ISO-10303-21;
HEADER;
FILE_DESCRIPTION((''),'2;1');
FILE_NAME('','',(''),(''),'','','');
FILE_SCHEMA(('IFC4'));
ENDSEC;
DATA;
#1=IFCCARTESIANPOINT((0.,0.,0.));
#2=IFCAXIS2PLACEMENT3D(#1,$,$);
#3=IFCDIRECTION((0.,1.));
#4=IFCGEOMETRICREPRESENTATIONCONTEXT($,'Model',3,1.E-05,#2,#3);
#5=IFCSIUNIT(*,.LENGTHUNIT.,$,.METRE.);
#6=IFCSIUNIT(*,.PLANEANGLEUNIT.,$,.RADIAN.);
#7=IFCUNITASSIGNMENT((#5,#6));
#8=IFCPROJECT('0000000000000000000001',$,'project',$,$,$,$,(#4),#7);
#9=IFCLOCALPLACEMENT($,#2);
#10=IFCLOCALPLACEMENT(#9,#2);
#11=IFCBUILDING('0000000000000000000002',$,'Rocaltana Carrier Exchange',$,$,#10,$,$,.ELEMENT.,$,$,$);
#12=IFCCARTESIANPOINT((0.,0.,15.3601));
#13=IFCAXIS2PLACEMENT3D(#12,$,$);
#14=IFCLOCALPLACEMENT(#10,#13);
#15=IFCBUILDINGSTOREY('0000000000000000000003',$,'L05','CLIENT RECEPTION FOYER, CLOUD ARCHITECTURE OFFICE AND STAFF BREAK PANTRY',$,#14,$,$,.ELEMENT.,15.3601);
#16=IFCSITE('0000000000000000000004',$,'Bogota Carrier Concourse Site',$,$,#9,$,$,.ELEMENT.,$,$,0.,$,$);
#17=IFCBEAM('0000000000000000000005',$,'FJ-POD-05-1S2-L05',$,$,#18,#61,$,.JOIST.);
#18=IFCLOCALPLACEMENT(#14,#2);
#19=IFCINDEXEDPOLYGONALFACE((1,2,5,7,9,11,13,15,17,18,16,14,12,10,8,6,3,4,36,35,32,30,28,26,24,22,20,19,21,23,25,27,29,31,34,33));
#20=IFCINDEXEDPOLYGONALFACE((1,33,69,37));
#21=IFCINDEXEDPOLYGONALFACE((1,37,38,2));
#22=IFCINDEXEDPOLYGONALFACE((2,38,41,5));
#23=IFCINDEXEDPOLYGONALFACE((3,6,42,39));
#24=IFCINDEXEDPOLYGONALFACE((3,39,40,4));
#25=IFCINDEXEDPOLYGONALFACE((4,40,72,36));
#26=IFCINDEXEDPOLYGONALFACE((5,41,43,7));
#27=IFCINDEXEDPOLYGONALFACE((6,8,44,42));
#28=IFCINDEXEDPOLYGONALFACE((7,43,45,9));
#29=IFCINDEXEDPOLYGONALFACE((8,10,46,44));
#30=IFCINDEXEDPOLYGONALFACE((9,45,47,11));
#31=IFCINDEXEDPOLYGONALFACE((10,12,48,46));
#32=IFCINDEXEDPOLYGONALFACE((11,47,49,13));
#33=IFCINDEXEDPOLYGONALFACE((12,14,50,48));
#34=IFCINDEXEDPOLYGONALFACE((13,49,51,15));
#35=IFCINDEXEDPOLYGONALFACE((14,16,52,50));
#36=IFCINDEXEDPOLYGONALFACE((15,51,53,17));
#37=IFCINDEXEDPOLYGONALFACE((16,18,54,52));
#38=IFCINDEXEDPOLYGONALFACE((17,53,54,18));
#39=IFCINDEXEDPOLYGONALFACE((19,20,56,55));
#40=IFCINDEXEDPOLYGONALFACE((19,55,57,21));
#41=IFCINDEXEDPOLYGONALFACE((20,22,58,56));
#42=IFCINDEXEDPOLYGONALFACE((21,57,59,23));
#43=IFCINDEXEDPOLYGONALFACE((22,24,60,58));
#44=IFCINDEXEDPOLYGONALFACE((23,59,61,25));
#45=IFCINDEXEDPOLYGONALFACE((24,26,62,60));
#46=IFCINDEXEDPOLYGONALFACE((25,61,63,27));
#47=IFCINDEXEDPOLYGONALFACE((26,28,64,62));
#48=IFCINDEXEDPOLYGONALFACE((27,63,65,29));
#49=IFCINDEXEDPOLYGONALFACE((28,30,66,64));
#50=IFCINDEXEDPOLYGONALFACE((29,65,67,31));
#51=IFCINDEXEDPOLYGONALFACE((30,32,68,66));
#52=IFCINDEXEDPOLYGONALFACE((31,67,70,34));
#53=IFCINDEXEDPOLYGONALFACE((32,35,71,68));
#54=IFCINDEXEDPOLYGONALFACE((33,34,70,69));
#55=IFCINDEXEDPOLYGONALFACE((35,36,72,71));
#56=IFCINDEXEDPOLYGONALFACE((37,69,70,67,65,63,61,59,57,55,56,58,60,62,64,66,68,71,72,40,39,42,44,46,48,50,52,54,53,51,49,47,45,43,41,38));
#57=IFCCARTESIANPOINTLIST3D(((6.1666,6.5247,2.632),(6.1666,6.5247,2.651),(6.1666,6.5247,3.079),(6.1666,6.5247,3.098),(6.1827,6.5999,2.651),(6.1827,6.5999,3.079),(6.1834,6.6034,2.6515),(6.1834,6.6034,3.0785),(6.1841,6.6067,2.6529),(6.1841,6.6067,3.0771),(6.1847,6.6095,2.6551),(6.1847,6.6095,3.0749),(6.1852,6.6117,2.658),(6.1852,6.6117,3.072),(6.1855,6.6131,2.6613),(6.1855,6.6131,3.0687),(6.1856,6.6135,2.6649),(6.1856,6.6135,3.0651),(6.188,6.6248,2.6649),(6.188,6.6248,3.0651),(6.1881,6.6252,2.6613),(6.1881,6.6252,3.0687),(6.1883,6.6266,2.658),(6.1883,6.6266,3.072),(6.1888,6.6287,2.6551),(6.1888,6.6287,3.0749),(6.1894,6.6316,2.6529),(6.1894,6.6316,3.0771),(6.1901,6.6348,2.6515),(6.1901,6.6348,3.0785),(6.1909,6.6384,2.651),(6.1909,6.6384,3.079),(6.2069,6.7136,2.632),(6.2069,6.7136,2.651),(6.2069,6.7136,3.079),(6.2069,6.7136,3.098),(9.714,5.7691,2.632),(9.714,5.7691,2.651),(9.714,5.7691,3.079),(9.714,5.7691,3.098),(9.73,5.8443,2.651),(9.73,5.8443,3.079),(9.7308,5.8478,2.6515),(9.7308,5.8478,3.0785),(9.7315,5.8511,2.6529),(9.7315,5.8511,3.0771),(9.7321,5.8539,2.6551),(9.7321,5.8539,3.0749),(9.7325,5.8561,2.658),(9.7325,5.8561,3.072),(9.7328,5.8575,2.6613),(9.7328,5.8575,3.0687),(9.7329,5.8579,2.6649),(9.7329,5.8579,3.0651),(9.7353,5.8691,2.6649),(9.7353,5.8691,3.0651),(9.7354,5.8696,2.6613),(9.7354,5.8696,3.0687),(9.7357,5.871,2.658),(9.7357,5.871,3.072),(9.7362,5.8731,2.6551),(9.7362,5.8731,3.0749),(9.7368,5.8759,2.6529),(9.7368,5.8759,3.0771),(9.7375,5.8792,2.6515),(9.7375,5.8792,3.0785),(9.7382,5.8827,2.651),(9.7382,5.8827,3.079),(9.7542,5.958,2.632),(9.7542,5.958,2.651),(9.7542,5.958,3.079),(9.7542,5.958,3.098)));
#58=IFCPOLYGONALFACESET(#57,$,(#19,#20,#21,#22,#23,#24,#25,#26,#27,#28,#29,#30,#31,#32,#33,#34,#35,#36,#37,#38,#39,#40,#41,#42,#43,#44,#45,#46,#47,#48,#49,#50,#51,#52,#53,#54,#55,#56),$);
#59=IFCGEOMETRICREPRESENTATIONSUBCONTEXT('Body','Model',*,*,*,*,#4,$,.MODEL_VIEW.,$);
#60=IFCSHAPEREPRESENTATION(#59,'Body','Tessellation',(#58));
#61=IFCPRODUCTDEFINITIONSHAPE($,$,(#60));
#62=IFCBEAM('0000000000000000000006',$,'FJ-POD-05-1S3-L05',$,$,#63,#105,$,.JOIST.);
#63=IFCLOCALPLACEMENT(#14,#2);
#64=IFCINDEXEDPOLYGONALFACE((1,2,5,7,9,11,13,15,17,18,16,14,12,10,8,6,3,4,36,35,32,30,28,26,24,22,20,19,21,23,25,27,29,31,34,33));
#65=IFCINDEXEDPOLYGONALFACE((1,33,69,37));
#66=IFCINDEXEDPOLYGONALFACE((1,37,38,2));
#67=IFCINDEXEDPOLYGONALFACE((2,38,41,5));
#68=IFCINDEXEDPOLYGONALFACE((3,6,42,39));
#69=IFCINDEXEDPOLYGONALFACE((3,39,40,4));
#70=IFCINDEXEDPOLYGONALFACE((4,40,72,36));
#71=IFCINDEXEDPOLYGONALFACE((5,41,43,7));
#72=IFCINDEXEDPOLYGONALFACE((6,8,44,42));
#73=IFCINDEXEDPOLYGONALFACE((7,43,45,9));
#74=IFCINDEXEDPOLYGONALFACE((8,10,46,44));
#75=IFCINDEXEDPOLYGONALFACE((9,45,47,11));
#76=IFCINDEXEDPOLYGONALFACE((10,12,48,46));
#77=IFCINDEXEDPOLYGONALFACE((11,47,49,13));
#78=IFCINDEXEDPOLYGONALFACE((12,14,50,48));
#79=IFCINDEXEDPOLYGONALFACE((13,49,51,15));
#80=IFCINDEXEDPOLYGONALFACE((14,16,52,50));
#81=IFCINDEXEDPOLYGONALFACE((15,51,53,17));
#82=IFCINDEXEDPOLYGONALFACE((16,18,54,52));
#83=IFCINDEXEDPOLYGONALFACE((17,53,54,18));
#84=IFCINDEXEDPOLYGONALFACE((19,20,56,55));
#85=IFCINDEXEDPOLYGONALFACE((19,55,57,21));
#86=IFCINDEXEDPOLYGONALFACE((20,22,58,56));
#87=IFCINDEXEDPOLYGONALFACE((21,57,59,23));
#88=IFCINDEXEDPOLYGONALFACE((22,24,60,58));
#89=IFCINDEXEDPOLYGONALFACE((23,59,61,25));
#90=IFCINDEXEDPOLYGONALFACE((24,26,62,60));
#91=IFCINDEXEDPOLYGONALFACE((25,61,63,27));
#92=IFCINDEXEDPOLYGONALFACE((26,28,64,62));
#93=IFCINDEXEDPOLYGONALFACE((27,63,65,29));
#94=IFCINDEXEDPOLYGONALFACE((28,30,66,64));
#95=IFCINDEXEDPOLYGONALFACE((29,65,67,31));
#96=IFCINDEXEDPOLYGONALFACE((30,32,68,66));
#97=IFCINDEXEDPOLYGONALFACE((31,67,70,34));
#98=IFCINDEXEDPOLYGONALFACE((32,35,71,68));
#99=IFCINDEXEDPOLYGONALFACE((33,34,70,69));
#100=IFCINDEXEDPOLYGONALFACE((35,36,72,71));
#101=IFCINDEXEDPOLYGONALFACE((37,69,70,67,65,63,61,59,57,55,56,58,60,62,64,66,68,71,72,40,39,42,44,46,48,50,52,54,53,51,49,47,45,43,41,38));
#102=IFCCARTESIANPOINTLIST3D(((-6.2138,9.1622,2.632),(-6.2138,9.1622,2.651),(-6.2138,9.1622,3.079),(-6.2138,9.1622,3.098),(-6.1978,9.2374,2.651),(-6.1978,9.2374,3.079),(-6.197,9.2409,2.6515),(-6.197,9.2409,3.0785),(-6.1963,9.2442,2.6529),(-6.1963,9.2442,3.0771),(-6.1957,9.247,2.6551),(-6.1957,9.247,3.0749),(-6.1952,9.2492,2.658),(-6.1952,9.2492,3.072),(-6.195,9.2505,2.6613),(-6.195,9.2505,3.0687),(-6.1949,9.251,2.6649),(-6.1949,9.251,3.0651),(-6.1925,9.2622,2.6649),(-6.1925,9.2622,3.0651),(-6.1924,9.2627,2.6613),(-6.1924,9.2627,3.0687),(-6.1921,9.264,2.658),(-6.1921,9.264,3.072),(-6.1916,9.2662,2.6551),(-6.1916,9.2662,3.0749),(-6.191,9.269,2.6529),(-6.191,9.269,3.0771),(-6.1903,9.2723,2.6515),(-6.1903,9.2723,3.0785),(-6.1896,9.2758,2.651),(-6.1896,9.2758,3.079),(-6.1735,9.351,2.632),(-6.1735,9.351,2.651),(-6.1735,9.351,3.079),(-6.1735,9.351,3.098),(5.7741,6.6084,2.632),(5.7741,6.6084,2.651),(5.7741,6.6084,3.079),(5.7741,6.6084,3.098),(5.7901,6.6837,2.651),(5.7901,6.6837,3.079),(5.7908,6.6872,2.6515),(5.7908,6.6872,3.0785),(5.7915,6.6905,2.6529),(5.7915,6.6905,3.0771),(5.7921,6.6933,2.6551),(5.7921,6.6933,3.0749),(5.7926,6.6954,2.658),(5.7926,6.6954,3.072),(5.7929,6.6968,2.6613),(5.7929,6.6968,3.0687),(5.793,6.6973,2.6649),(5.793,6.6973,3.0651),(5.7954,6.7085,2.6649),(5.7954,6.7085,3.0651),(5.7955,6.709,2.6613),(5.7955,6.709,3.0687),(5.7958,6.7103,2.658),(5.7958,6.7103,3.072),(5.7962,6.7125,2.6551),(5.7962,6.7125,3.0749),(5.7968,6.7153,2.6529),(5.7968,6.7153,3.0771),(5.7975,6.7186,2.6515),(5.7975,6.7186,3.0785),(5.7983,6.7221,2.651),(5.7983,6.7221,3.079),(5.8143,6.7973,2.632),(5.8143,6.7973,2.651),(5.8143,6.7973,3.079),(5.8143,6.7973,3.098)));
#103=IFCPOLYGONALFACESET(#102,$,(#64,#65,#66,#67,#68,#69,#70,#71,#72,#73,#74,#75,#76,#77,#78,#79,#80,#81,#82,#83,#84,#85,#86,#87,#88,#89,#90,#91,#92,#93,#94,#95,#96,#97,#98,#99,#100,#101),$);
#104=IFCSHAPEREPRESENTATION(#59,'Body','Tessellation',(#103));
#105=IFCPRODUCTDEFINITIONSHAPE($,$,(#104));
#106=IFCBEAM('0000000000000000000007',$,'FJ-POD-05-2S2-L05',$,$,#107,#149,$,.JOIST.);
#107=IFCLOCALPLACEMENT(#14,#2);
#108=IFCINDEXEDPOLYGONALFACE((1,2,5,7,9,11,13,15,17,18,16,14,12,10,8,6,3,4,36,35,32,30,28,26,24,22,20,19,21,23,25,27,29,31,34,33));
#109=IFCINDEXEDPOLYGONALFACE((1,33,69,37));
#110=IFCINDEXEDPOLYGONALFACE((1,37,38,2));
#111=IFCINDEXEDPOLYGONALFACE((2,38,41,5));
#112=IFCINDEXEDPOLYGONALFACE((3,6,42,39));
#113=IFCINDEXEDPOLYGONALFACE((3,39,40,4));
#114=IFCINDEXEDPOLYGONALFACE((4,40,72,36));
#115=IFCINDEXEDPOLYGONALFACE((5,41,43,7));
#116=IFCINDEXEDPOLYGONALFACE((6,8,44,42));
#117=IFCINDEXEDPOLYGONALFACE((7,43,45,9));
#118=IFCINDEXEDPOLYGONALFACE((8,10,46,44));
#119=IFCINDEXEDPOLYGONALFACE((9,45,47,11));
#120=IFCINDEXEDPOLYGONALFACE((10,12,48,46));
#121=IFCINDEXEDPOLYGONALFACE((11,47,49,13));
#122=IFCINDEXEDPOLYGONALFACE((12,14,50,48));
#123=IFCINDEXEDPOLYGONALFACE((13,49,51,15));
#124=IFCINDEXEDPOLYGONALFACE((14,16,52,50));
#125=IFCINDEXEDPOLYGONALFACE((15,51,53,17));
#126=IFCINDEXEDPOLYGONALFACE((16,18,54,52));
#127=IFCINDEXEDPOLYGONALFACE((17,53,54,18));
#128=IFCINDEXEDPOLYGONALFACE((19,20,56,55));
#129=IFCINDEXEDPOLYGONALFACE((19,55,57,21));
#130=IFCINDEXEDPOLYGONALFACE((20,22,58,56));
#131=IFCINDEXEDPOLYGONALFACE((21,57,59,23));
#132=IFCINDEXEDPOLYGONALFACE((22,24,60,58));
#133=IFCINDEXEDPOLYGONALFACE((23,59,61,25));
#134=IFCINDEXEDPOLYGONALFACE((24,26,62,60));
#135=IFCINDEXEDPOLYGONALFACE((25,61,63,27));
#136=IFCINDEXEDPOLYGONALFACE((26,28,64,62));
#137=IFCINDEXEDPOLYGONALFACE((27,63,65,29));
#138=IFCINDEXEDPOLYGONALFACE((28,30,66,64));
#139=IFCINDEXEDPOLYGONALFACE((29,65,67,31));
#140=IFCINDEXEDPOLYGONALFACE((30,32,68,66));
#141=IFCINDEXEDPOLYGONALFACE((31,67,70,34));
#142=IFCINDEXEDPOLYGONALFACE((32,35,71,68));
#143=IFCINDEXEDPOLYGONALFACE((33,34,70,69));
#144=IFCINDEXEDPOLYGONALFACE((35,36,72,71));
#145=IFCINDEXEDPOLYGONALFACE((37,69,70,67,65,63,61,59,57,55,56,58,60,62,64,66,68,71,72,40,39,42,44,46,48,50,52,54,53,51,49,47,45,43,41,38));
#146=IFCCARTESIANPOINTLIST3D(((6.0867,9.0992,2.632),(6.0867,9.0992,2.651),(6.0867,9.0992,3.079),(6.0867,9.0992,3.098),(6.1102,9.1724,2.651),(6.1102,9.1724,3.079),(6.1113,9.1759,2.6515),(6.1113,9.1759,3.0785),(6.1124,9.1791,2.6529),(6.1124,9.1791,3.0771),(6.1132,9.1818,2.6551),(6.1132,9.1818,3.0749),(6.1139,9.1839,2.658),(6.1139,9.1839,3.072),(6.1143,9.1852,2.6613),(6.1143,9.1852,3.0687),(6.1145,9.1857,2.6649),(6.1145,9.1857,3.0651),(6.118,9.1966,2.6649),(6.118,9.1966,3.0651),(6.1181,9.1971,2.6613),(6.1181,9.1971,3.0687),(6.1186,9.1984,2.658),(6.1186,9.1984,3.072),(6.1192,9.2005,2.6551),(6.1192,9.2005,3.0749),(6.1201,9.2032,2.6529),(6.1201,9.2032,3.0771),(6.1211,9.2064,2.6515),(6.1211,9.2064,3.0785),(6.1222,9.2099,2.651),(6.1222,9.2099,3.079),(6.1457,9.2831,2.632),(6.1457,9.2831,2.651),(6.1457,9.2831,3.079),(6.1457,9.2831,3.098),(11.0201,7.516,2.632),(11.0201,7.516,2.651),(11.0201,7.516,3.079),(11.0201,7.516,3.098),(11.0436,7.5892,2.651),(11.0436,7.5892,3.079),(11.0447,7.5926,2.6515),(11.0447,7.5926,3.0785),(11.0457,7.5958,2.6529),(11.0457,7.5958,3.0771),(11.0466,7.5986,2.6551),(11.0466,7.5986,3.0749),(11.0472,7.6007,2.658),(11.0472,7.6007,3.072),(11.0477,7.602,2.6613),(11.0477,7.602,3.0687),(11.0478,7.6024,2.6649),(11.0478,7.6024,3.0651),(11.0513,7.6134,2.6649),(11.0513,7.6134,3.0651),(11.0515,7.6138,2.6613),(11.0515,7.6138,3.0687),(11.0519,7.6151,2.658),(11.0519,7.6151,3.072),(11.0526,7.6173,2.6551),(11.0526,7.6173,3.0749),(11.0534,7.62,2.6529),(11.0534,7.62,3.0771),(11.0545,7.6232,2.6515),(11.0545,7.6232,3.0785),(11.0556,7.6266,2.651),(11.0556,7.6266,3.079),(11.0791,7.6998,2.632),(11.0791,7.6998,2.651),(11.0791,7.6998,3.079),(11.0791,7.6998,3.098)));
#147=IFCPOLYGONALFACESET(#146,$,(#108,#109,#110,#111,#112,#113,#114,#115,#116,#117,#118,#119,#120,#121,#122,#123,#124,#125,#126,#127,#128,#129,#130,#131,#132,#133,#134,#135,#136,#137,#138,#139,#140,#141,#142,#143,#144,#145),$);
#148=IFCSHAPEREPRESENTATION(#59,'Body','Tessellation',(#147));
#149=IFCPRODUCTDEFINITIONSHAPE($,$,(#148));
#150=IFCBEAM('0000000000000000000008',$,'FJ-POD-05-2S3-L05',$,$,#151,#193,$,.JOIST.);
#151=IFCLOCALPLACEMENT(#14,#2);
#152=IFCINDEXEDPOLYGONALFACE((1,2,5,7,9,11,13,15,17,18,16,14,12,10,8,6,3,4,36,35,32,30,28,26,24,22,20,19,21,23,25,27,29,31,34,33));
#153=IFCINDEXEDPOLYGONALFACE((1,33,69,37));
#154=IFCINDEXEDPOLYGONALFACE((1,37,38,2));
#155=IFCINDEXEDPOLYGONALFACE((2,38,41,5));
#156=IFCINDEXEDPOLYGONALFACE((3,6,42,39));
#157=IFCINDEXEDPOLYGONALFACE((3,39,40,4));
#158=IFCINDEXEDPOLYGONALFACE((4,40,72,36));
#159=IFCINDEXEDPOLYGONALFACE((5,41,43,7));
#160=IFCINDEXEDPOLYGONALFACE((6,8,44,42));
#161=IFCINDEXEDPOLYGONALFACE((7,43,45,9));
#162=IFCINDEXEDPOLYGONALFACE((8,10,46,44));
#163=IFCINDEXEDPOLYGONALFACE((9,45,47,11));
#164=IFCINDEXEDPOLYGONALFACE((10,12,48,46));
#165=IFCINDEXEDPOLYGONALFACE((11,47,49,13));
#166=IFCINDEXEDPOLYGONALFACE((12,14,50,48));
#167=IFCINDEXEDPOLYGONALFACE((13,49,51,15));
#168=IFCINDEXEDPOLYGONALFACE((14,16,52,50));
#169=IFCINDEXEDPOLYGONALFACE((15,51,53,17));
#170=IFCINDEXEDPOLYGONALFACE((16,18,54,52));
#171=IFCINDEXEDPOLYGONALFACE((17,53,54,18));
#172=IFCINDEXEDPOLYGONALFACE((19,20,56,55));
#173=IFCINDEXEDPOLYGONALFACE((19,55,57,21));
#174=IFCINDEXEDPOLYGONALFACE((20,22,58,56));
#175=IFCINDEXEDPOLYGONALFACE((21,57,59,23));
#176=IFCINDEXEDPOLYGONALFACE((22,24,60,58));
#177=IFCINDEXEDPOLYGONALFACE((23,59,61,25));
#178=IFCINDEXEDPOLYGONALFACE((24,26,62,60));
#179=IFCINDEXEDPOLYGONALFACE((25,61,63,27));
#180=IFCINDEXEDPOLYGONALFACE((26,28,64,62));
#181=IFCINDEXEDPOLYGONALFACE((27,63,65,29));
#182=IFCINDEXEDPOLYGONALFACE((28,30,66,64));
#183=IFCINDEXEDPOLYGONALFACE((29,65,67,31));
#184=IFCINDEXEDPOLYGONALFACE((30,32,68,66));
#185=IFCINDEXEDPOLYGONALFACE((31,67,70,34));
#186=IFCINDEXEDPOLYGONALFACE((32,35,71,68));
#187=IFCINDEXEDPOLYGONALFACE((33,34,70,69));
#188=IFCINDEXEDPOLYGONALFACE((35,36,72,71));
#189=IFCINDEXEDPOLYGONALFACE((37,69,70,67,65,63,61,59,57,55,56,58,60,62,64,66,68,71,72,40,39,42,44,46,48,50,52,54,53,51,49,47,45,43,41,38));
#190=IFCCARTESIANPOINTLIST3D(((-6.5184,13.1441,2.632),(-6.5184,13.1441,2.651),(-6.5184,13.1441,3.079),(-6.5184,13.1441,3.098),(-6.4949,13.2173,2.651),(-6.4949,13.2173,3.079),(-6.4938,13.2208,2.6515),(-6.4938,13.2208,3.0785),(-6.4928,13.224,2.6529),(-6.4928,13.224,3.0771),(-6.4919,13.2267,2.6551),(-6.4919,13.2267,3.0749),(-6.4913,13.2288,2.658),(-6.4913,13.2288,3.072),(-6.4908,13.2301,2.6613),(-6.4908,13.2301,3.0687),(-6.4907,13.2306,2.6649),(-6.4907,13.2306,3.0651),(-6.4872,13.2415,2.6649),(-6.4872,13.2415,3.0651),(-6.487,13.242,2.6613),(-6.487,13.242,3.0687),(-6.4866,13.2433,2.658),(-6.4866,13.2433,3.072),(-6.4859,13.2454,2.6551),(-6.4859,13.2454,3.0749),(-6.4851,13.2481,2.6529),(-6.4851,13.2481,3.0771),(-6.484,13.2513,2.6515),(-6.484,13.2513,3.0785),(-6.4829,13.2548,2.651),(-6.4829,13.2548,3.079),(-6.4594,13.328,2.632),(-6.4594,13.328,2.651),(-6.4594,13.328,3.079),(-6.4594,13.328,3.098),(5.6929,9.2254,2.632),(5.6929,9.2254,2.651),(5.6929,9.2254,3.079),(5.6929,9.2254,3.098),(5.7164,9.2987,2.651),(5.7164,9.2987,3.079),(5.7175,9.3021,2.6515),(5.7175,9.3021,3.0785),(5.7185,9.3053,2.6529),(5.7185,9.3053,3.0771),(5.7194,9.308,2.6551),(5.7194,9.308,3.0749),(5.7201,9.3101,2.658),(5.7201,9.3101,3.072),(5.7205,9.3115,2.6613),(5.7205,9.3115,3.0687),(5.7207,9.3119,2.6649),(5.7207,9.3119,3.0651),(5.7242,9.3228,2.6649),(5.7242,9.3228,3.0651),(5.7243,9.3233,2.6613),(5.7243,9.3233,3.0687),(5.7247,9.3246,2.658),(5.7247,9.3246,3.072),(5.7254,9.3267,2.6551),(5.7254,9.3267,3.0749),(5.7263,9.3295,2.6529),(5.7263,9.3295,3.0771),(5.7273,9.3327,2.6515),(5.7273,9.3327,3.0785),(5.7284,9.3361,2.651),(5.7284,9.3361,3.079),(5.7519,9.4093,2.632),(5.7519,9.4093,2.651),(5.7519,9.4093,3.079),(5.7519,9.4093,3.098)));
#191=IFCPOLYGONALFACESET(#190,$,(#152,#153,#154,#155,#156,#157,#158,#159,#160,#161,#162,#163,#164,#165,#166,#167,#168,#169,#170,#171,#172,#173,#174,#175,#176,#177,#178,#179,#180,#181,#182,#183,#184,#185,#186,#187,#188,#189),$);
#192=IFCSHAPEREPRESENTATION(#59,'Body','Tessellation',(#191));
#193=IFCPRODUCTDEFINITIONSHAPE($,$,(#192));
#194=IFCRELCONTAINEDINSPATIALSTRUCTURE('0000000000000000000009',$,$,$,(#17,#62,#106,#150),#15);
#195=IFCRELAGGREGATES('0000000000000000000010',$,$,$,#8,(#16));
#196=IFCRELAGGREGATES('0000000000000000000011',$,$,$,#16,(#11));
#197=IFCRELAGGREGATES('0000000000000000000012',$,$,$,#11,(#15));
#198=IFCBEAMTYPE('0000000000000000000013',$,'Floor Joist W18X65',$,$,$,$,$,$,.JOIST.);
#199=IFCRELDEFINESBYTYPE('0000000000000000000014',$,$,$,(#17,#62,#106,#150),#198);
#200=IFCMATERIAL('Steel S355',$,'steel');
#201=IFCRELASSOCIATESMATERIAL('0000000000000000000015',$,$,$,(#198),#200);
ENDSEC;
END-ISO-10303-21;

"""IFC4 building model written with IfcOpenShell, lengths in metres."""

from ifc_helpers import new_model, si_unit, direction, frame, origin, origin_2d, place, context, subcontext, project, spatial, i_section, extrude, material, material_profile, profile_set, type_object, element, save


model = new_model("IFC4")

# Units and contexts
model_context = context("Model", 3, precision=1e-05, world=origin(), true_north=direction((0.0, 1.0)))
body_context = subcontext(model_context, "Body", "Model", "MODEL_VIEW")
ifc_project = project(units=[si_unit("LENGTHUNIT", "METRE"), si_unit("PLANEANGLEUNIT", "RADIAN")], contexts=[model_context])

# Site, building, storey
site_placement = place(None, origin())
site = spatial("IfcSite", under=ifc_project, at=site_placement, Name="Bogota Carrier Concourse Site", CompositionType="ELEMENT", RefElevation=0.0)
building_placement = place(site_placement, origin())
building = spatial("IfcBuilding", under=site, at=building_placement, Name="Rocaltana Carrier Exchange", CompositionType="ELEMENT")
storey_placement = place(building_placement, frame((0.0, 0.0, 15.3601)))
storey = spatial("IfcBuildingStorey", under=building, at=storey_placement, Name="L05", Description="CLIENT RECEPTION FOYER, CLOUD ARCHITECTURE OFFICE AND STAFF BREAK PANTRY", CompositionType="ELEMENT", Elevation=15.3601)

# Beams
ifc_material_1 = material(Name="Steel S355", Category="steel")
ifc_material_profile_1 = material_profile(ifc_material_1, i_section(OverallWidth=0.1931, OverallDepth=0.4661, WebThickness=0.0115, FlangeThickness=0.019, FilletRadius=0.0139, at=origin_2d()), Name="W18X65")
ifc_profile_set_1 = profile_set([ifc_material_profile_1], Name="Steel S355")
beam_type_1 = type_object("IfcBeamType", Name="Floor Joist W18X65", PredefinedType="JOIST", material=ifc_profile_set_1)
beam_1_placement = place(storey_placement, frame((9.7341, 5.8635, 2.865), z_axis=(-0.978058, 0.208334, 0.0), x_axis=(-0.208334, -0.978058, 0.0)))
element("IfcBeam", 1, at=beam_1_placement, inside=storey, type_object=beam_type_1, Name="FJ-POD-05-1S2-L05", PredefinedType="JOIST", context=body_context, shape_type="SweptSolid", body=[
    extrude(i_section(OverallWidth=0.1931, OverallDepth=0.4661, WebThickness=0.0115, FlangeThickness=0.019, FilletRadius=0.0139, at=origin_2d()), origin(), (0.0, 0.0, 1.0), 3.627),
])
beam_2_placement = place(storey_placement, frame((5.7942, 6.7029, 2.865), z_axis=(-0.978054, 0.208351, 0.0), x_axis=(-0.208351, -0.978054, 0.0)))
element("IfcBeam", 2, at=beam_2_placement, inside=storey, type_object=beam_type_1, Name="FJ-POD-05-1S3-L05", PredefinedType="JOIST", context=body_context, shape_type="SweptSolid", body=[
    extrude(i_section(OverallWidth=0.1931, OverallDepth=0.4661, WebThickness=0.0115, FlangeThickness=0.019, FilletRadius=0.0139, at=origin_2d()), origin(), (0.0, 0.0, 1.0), 12.2568),
])
beam_3_placement = place(storey_placement, frame((11.0496, 7.6079, 2.865), z_axis=(-0.952167, 0.305577, 0.0), x_axis=(-0.305577, -0.952167, 0.0)))
element("IfcBeam", 3, at=beam_3_placement, inside=storey, type_object=beam_type_1, Name="FJ-POD-05-2S2-L05", PredefinedType="JOIST", context=body_context, shape_type="SweptSolid", body=[
    extrude(i_section(OverallWidth=0.1931, OverallDepth=0.4661, WebThickness=0.0115, FlangeThickness=0.019, FilletRadius=0.0139, at=origin_2d()), origin(), (0.0, 0.0, 1.0), 5.1812),
])
beam_4_placement = place(storey_placement, frame((5.7224, 9.3174, 2.865), z_axis=(-0.952174, 0.305557, 0.0), x_axis=(-0.305557, -0.952174, 0.0)))
element("IfcBeam", 4, at=beam_4_placement, inside=storey, type_object=beam_type_1, Name="FJ-POD-05-2S3-L05", PredefinedType="JOIST", context=body_context, shape_type="SweptSolid", body=[
    extrude(i_section(OverallWidth=0.1931, OverallDepth=0.4661, WebThickness=0.0115, FlangeThickness=0.019, FilletRadius=0.0139, at=origin_2d()), origin(), (0.0, 0.0, 1.0), 12.8247),
])

save(model, "model.ifc")
